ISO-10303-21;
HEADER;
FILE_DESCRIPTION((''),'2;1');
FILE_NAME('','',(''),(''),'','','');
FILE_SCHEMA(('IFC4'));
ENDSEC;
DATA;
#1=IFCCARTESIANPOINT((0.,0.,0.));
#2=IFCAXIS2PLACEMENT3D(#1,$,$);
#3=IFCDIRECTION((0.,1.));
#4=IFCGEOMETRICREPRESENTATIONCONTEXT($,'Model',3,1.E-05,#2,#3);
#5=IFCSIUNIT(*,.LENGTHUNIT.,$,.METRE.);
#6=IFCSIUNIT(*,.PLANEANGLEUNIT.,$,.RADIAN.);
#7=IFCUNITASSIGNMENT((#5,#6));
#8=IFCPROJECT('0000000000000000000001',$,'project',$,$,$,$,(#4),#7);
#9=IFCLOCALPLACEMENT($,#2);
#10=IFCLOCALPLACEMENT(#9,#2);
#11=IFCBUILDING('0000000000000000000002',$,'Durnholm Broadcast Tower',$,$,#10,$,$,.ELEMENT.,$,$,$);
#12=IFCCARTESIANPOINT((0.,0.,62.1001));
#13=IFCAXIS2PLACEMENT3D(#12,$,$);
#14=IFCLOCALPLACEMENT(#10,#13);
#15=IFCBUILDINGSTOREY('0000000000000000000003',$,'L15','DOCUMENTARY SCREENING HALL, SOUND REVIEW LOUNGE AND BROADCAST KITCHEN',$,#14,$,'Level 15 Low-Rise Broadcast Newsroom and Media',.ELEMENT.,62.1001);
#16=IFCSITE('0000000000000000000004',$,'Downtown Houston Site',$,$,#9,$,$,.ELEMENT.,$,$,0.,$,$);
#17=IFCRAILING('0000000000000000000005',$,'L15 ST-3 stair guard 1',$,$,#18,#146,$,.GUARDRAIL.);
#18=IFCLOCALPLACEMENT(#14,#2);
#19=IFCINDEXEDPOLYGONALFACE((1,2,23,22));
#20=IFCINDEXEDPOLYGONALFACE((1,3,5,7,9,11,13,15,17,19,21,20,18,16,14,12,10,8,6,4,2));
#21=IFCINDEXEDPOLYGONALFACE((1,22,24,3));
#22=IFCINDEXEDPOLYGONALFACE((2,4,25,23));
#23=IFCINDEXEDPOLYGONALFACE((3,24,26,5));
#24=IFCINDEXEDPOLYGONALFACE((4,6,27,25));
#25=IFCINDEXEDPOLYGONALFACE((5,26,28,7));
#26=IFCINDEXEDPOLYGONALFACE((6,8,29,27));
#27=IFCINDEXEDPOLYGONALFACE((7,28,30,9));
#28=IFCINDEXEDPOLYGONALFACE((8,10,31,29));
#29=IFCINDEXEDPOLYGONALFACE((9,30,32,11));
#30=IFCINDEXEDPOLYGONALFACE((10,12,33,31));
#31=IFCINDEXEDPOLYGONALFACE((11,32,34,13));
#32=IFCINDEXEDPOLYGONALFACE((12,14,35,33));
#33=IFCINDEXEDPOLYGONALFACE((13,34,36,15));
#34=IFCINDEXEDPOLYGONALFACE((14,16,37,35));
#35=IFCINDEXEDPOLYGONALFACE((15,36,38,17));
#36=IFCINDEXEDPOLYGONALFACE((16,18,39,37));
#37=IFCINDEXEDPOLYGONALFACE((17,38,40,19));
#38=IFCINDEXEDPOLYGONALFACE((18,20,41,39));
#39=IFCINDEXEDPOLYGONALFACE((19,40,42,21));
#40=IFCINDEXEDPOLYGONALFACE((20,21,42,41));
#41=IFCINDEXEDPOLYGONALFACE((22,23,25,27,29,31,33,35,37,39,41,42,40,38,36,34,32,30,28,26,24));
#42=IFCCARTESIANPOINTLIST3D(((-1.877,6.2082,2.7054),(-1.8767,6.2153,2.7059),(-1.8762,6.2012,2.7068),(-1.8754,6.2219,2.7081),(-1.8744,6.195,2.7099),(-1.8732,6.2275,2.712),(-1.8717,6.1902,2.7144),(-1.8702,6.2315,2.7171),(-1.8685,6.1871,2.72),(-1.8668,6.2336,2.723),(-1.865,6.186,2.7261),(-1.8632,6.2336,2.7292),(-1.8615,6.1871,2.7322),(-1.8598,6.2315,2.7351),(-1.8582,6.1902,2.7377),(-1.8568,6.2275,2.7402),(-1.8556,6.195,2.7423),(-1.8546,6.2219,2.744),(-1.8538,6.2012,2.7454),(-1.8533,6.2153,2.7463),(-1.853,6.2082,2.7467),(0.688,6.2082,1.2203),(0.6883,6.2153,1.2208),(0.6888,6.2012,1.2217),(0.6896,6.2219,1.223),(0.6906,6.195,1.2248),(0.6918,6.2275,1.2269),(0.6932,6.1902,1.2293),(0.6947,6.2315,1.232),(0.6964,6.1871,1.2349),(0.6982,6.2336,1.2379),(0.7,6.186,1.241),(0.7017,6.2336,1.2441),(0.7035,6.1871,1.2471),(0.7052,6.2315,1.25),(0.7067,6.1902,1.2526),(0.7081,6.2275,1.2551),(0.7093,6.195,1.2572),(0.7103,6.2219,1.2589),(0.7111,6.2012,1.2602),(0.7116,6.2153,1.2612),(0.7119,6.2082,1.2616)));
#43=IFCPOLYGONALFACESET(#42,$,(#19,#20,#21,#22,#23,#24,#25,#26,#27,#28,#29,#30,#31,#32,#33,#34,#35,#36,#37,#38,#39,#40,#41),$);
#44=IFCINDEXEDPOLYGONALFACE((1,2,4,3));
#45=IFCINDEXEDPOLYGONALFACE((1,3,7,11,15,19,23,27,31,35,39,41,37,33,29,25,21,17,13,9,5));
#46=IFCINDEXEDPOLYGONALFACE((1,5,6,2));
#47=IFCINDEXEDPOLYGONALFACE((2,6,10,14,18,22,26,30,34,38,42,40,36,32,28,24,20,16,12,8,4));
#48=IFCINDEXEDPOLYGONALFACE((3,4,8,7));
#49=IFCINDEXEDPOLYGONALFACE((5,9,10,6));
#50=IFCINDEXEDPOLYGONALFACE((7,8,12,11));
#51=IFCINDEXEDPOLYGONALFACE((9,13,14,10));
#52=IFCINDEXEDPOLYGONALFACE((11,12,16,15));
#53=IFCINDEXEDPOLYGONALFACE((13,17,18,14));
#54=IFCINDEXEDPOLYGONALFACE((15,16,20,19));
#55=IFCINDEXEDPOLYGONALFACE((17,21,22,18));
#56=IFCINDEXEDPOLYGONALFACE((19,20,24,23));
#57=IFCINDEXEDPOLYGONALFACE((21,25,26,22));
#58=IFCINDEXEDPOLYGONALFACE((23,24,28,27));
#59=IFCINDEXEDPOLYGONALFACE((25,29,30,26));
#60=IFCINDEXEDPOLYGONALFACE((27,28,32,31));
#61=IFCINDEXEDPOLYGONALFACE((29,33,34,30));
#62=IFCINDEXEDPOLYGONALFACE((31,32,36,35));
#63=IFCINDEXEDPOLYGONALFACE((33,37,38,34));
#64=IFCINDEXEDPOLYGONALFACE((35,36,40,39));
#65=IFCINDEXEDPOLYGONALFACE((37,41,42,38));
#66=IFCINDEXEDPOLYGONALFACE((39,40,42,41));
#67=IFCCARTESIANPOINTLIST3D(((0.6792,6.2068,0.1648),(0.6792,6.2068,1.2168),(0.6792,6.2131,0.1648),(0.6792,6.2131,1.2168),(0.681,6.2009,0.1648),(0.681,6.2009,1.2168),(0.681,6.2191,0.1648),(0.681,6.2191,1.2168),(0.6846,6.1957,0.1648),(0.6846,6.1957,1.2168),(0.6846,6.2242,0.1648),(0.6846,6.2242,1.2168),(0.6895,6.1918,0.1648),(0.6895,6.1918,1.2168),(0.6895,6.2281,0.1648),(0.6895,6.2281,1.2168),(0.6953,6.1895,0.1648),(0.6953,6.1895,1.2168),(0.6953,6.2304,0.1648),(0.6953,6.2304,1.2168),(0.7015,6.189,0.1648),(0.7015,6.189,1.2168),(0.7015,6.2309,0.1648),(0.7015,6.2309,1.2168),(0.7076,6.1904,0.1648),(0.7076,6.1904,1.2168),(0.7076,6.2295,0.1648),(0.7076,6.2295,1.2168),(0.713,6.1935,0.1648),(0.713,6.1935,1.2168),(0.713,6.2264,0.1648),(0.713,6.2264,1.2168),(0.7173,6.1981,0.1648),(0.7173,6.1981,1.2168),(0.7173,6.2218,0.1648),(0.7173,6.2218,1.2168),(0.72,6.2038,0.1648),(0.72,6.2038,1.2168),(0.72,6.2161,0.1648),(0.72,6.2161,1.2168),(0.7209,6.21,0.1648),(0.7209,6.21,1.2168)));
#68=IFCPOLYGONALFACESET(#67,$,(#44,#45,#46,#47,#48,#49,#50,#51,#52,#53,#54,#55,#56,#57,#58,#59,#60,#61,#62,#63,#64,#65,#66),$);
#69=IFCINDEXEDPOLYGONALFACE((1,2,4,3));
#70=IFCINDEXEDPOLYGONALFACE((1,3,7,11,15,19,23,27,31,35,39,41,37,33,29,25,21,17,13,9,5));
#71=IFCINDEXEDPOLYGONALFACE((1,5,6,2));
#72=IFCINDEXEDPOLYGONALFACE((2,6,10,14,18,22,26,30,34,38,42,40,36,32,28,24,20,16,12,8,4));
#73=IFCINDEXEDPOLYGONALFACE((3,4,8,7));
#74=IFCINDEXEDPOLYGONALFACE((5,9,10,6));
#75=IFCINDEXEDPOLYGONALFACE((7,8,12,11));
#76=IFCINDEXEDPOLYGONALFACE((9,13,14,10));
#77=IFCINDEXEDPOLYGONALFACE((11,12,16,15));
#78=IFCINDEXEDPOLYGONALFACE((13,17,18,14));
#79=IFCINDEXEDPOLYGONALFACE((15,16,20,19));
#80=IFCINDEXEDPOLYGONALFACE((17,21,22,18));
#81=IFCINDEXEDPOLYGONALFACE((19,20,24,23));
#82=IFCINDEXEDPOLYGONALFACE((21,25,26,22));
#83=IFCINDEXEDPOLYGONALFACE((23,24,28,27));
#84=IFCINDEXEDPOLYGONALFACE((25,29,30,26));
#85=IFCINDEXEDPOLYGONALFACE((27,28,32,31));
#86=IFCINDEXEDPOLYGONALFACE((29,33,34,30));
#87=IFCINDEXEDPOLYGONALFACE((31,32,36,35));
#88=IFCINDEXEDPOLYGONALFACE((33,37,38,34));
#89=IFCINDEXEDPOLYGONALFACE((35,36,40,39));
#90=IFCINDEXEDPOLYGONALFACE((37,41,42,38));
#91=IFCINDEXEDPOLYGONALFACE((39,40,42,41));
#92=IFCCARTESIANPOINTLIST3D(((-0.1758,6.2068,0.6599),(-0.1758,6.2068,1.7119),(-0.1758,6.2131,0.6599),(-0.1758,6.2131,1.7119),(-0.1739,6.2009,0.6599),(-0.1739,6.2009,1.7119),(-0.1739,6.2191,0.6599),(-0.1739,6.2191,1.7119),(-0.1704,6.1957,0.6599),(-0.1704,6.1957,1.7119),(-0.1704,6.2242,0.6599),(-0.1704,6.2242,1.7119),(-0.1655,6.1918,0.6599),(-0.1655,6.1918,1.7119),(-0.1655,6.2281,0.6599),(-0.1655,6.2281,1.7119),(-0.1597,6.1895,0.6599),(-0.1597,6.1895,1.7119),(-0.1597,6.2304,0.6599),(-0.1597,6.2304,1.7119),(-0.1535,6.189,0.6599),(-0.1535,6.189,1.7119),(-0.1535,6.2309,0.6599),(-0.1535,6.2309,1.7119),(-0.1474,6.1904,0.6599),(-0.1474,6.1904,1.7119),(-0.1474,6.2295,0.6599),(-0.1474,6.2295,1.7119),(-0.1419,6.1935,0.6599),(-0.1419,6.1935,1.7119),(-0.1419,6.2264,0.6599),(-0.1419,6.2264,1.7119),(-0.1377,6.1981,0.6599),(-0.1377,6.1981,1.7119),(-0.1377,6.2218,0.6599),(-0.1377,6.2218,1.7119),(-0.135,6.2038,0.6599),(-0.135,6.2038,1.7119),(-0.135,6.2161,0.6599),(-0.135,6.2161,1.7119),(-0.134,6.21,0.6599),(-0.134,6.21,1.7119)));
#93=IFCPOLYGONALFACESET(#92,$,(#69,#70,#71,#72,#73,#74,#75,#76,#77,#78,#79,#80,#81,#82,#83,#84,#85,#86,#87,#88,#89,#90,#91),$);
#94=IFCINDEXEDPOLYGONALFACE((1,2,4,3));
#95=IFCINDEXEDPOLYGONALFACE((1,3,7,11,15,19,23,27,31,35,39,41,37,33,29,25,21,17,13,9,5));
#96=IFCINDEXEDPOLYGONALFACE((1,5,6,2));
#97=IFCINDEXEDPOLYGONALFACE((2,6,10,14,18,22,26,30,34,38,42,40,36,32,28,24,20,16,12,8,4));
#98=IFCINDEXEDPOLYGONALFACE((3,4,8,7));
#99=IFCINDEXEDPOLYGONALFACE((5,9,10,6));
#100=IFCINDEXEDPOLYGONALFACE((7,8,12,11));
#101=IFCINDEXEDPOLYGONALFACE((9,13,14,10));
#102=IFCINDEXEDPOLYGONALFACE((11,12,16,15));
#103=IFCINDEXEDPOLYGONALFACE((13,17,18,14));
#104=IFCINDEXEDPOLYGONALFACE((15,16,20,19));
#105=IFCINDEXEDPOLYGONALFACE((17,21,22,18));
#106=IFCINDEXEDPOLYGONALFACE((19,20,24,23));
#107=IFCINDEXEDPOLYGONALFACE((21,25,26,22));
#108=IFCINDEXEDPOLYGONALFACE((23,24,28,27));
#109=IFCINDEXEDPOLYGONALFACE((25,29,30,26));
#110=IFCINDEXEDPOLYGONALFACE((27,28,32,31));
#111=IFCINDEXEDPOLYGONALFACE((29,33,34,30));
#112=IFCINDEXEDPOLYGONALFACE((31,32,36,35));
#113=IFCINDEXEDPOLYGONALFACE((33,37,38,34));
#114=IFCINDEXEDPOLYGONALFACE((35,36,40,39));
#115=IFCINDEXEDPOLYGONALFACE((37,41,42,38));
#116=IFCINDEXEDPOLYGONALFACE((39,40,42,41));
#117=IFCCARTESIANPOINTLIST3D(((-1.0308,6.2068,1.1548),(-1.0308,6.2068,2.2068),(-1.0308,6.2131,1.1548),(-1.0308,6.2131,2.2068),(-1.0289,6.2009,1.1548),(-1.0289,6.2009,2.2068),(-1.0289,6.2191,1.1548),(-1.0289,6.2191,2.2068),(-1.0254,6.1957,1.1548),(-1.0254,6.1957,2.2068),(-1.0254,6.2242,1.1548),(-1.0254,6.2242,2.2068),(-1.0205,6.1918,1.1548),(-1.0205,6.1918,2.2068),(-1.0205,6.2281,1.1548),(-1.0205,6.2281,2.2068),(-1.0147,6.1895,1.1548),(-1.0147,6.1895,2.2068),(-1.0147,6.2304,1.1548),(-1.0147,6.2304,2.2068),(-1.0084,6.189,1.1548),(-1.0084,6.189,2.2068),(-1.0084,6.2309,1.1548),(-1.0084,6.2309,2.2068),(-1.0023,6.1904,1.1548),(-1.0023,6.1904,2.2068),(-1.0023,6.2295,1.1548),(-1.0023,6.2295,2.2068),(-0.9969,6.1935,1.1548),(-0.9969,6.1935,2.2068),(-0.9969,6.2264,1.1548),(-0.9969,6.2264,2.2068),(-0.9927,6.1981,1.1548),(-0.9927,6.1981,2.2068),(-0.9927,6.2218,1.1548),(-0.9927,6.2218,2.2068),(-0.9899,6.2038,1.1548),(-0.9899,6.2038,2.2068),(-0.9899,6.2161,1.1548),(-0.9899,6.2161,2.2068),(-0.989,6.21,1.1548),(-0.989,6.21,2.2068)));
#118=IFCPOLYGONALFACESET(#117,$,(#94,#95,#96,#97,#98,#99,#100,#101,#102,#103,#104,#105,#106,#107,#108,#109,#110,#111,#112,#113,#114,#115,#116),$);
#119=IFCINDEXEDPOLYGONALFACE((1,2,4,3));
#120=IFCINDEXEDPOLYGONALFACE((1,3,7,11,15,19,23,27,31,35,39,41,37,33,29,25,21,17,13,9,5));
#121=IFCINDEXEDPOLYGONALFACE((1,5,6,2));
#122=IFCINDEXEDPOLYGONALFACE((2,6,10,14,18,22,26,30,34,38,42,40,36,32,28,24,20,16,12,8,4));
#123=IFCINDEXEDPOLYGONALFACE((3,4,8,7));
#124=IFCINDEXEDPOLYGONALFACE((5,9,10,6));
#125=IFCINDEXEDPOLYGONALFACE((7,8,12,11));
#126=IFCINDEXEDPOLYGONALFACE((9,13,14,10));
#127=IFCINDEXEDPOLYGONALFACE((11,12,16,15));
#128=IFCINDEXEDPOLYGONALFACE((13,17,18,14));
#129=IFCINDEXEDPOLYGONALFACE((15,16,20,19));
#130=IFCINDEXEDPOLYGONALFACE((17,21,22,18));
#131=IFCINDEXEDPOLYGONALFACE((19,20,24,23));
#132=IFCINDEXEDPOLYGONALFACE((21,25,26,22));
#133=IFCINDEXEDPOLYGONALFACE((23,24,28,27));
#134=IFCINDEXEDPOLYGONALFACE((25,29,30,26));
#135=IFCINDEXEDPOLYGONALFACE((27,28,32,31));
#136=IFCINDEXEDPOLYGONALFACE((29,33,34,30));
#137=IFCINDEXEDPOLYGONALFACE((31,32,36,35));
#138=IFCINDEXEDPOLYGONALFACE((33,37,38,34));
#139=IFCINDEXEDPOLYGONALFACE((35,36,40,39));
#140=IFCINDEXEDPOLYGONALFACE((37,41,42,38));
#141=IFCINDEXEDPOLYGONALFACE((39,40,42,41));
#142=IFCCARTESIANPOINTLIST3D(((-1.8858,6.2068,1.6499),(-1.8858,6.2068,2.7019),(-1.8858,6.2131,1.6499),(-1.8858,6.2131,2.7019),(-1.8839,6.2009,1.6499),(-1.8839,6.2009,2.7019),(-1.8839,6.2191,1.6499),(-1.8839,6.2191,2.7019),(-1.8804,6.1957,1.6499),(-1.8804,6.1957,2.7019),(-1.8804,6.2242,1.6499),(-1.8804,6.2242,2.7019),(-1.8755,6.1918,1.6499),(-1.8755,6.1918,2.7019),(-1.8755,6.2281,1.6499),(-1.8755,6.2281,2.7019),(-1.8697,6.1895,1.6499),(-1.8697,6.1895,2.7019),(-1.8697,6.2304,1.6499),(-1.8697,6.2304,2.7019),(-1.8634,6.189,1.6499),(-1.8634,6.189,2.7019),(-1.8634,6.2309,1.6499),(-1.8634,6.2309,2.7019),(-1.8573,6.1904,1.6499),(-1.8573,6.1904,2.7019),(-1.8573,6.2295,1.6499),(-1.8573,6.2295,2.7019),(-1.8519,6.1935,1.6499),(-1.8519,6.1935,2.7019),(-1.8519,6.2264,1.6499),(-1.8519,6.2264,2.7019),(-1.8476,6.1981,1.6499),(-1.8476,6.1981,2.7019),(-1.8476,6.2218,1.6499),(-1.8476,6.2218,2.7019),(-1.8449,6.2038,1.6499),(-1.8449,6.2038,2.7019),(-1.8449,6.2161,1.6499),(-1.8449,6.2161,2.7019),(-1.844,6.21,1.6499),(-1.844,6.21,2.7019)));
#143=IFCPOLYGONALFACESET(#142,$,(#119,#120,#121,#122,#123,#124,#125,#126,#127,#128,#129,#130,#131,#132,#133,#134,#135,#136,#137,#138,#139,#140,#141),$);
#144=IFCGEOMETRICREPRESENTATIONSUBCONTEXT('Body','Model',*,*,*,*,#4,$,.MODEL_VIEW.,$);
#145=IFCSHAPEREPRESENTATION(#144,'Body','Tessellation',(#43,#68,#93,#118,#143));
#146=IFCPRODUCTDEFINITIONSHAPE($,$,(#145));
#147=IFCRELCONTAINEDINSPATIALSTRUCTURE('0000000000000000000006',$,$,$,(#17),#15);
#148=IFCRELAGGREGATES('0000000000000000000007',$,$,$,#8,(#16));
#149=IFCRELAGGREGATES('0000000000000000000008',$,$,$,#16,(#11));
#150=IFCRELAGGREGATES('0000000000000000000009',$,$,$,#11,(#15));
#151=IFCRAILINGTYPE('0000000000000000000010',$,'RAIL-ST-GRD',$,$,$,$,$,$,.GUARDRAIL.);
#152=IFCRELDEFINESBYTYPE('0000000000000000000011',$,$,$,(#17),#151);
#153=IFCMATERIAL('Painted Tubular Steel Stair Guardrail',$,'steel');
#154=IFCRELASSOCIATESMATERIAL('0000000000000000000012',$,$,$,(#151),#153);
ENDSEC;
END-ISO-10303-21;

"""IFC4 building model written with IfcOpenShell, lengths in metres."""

from ifc_helpers import new_model, si_unit, direction, frame, origin, origin_2d, place, context, subcontext, project, spatial, circle, extrude, material, type_object, element, save


model = new_model("IFC4")

# Units and contexts
model_context = context("Model", 3, precision=1e-05, world=origin(), true_north=direction((0.0, 1.0)))
body_context = subcontext(model_context, "Body", "Model", "MODEL_VIEW")
ifc_project = project(units=[si_unit("LENGTHUNIT", "METRE"), si_unit("PLANEANGLEUNIT", "RADIAN")], contexts=[model_context])

# Site, building, storey
site_placement = place(None, origin())
site = spatial("IfcSite", under=ifc_project, at=site_placement, Name="Downtown Houston Site", CompositionType="ELEMENT", RefElevation=0.0)
building_placement = place(site_placement, origin())
building = spatial("IfcBuilding", under=site, at=building_placement, Name="Durnholm Broadcast Tower", CompositionType="ELEMENT")
storey_placement = place(building_placement, frame((0.0, 0.0, 62.1001)))
storey = spatial("IfcBuildingStorey", under=building, at=storey_placement, Name="L15", Description="DOCUMENTARY SCREENING HALL, SOUND REVIEW LOUNGE AND BROADCAST KITCHEN", LongName="Level 15 Low-Rise Broadcast Newsroom and Media", CompositionType="ELEMENT", Elevation=62.1001)

# Railing
ifc_material_1 = material(Name="Painted Tubular Steel Stair Guardrail", Category="steel")
railing_type_1 = type_object("IfcRailingType", Name="RAIL-ST-GRD", PredefinedType="GUARDRAIL", material=ifc_material_1)
railing_1_placement = place(storey_placement, frame((0.7, 6.21, 0.1648)))
element("IfcRailing", 1, at=railing_1_placement, inside=storey, type_object=railing_type_1, Name="L15 ST-3 stair guard 1", PredefinedType="GUARDRAIL", context=body_context, shape_type="SweptSolid", body=[
    extrude(circle(Radius=0.0239, at=origin_2d()), frame((0.0, 0.0, 1.0762), z_axis=(-0.865406, 0.0, 0.501072), x_axis=(0.0, -1.0, 0.0)), (0.0, 0.0, 1.0), 2.9639),
    extrude(circle(Radius=0.021, at=origin_2d()), origin(), (0.0, 0.0, 1.0), 1.052),
    extrude(circle(Radius=0.021, at=origin_2d()), frame((-0.855, 0.0, 0.4951)), (0.0, 0.0, 1.0), 1.052),
    extrude(circle(Radius=0.021, at=origin_2d()), frame((-1.71, 0.0, 0.99)), (0.0, 0.0, 1.0), 1.052),
    extrude(circle(Radius=0.021, at=origin_2d()), frame((-2.5649, 0.0, 1.4851)), (0.0, 0.0, 1.0), 1.052),
])

save(model, "model.ifc")
